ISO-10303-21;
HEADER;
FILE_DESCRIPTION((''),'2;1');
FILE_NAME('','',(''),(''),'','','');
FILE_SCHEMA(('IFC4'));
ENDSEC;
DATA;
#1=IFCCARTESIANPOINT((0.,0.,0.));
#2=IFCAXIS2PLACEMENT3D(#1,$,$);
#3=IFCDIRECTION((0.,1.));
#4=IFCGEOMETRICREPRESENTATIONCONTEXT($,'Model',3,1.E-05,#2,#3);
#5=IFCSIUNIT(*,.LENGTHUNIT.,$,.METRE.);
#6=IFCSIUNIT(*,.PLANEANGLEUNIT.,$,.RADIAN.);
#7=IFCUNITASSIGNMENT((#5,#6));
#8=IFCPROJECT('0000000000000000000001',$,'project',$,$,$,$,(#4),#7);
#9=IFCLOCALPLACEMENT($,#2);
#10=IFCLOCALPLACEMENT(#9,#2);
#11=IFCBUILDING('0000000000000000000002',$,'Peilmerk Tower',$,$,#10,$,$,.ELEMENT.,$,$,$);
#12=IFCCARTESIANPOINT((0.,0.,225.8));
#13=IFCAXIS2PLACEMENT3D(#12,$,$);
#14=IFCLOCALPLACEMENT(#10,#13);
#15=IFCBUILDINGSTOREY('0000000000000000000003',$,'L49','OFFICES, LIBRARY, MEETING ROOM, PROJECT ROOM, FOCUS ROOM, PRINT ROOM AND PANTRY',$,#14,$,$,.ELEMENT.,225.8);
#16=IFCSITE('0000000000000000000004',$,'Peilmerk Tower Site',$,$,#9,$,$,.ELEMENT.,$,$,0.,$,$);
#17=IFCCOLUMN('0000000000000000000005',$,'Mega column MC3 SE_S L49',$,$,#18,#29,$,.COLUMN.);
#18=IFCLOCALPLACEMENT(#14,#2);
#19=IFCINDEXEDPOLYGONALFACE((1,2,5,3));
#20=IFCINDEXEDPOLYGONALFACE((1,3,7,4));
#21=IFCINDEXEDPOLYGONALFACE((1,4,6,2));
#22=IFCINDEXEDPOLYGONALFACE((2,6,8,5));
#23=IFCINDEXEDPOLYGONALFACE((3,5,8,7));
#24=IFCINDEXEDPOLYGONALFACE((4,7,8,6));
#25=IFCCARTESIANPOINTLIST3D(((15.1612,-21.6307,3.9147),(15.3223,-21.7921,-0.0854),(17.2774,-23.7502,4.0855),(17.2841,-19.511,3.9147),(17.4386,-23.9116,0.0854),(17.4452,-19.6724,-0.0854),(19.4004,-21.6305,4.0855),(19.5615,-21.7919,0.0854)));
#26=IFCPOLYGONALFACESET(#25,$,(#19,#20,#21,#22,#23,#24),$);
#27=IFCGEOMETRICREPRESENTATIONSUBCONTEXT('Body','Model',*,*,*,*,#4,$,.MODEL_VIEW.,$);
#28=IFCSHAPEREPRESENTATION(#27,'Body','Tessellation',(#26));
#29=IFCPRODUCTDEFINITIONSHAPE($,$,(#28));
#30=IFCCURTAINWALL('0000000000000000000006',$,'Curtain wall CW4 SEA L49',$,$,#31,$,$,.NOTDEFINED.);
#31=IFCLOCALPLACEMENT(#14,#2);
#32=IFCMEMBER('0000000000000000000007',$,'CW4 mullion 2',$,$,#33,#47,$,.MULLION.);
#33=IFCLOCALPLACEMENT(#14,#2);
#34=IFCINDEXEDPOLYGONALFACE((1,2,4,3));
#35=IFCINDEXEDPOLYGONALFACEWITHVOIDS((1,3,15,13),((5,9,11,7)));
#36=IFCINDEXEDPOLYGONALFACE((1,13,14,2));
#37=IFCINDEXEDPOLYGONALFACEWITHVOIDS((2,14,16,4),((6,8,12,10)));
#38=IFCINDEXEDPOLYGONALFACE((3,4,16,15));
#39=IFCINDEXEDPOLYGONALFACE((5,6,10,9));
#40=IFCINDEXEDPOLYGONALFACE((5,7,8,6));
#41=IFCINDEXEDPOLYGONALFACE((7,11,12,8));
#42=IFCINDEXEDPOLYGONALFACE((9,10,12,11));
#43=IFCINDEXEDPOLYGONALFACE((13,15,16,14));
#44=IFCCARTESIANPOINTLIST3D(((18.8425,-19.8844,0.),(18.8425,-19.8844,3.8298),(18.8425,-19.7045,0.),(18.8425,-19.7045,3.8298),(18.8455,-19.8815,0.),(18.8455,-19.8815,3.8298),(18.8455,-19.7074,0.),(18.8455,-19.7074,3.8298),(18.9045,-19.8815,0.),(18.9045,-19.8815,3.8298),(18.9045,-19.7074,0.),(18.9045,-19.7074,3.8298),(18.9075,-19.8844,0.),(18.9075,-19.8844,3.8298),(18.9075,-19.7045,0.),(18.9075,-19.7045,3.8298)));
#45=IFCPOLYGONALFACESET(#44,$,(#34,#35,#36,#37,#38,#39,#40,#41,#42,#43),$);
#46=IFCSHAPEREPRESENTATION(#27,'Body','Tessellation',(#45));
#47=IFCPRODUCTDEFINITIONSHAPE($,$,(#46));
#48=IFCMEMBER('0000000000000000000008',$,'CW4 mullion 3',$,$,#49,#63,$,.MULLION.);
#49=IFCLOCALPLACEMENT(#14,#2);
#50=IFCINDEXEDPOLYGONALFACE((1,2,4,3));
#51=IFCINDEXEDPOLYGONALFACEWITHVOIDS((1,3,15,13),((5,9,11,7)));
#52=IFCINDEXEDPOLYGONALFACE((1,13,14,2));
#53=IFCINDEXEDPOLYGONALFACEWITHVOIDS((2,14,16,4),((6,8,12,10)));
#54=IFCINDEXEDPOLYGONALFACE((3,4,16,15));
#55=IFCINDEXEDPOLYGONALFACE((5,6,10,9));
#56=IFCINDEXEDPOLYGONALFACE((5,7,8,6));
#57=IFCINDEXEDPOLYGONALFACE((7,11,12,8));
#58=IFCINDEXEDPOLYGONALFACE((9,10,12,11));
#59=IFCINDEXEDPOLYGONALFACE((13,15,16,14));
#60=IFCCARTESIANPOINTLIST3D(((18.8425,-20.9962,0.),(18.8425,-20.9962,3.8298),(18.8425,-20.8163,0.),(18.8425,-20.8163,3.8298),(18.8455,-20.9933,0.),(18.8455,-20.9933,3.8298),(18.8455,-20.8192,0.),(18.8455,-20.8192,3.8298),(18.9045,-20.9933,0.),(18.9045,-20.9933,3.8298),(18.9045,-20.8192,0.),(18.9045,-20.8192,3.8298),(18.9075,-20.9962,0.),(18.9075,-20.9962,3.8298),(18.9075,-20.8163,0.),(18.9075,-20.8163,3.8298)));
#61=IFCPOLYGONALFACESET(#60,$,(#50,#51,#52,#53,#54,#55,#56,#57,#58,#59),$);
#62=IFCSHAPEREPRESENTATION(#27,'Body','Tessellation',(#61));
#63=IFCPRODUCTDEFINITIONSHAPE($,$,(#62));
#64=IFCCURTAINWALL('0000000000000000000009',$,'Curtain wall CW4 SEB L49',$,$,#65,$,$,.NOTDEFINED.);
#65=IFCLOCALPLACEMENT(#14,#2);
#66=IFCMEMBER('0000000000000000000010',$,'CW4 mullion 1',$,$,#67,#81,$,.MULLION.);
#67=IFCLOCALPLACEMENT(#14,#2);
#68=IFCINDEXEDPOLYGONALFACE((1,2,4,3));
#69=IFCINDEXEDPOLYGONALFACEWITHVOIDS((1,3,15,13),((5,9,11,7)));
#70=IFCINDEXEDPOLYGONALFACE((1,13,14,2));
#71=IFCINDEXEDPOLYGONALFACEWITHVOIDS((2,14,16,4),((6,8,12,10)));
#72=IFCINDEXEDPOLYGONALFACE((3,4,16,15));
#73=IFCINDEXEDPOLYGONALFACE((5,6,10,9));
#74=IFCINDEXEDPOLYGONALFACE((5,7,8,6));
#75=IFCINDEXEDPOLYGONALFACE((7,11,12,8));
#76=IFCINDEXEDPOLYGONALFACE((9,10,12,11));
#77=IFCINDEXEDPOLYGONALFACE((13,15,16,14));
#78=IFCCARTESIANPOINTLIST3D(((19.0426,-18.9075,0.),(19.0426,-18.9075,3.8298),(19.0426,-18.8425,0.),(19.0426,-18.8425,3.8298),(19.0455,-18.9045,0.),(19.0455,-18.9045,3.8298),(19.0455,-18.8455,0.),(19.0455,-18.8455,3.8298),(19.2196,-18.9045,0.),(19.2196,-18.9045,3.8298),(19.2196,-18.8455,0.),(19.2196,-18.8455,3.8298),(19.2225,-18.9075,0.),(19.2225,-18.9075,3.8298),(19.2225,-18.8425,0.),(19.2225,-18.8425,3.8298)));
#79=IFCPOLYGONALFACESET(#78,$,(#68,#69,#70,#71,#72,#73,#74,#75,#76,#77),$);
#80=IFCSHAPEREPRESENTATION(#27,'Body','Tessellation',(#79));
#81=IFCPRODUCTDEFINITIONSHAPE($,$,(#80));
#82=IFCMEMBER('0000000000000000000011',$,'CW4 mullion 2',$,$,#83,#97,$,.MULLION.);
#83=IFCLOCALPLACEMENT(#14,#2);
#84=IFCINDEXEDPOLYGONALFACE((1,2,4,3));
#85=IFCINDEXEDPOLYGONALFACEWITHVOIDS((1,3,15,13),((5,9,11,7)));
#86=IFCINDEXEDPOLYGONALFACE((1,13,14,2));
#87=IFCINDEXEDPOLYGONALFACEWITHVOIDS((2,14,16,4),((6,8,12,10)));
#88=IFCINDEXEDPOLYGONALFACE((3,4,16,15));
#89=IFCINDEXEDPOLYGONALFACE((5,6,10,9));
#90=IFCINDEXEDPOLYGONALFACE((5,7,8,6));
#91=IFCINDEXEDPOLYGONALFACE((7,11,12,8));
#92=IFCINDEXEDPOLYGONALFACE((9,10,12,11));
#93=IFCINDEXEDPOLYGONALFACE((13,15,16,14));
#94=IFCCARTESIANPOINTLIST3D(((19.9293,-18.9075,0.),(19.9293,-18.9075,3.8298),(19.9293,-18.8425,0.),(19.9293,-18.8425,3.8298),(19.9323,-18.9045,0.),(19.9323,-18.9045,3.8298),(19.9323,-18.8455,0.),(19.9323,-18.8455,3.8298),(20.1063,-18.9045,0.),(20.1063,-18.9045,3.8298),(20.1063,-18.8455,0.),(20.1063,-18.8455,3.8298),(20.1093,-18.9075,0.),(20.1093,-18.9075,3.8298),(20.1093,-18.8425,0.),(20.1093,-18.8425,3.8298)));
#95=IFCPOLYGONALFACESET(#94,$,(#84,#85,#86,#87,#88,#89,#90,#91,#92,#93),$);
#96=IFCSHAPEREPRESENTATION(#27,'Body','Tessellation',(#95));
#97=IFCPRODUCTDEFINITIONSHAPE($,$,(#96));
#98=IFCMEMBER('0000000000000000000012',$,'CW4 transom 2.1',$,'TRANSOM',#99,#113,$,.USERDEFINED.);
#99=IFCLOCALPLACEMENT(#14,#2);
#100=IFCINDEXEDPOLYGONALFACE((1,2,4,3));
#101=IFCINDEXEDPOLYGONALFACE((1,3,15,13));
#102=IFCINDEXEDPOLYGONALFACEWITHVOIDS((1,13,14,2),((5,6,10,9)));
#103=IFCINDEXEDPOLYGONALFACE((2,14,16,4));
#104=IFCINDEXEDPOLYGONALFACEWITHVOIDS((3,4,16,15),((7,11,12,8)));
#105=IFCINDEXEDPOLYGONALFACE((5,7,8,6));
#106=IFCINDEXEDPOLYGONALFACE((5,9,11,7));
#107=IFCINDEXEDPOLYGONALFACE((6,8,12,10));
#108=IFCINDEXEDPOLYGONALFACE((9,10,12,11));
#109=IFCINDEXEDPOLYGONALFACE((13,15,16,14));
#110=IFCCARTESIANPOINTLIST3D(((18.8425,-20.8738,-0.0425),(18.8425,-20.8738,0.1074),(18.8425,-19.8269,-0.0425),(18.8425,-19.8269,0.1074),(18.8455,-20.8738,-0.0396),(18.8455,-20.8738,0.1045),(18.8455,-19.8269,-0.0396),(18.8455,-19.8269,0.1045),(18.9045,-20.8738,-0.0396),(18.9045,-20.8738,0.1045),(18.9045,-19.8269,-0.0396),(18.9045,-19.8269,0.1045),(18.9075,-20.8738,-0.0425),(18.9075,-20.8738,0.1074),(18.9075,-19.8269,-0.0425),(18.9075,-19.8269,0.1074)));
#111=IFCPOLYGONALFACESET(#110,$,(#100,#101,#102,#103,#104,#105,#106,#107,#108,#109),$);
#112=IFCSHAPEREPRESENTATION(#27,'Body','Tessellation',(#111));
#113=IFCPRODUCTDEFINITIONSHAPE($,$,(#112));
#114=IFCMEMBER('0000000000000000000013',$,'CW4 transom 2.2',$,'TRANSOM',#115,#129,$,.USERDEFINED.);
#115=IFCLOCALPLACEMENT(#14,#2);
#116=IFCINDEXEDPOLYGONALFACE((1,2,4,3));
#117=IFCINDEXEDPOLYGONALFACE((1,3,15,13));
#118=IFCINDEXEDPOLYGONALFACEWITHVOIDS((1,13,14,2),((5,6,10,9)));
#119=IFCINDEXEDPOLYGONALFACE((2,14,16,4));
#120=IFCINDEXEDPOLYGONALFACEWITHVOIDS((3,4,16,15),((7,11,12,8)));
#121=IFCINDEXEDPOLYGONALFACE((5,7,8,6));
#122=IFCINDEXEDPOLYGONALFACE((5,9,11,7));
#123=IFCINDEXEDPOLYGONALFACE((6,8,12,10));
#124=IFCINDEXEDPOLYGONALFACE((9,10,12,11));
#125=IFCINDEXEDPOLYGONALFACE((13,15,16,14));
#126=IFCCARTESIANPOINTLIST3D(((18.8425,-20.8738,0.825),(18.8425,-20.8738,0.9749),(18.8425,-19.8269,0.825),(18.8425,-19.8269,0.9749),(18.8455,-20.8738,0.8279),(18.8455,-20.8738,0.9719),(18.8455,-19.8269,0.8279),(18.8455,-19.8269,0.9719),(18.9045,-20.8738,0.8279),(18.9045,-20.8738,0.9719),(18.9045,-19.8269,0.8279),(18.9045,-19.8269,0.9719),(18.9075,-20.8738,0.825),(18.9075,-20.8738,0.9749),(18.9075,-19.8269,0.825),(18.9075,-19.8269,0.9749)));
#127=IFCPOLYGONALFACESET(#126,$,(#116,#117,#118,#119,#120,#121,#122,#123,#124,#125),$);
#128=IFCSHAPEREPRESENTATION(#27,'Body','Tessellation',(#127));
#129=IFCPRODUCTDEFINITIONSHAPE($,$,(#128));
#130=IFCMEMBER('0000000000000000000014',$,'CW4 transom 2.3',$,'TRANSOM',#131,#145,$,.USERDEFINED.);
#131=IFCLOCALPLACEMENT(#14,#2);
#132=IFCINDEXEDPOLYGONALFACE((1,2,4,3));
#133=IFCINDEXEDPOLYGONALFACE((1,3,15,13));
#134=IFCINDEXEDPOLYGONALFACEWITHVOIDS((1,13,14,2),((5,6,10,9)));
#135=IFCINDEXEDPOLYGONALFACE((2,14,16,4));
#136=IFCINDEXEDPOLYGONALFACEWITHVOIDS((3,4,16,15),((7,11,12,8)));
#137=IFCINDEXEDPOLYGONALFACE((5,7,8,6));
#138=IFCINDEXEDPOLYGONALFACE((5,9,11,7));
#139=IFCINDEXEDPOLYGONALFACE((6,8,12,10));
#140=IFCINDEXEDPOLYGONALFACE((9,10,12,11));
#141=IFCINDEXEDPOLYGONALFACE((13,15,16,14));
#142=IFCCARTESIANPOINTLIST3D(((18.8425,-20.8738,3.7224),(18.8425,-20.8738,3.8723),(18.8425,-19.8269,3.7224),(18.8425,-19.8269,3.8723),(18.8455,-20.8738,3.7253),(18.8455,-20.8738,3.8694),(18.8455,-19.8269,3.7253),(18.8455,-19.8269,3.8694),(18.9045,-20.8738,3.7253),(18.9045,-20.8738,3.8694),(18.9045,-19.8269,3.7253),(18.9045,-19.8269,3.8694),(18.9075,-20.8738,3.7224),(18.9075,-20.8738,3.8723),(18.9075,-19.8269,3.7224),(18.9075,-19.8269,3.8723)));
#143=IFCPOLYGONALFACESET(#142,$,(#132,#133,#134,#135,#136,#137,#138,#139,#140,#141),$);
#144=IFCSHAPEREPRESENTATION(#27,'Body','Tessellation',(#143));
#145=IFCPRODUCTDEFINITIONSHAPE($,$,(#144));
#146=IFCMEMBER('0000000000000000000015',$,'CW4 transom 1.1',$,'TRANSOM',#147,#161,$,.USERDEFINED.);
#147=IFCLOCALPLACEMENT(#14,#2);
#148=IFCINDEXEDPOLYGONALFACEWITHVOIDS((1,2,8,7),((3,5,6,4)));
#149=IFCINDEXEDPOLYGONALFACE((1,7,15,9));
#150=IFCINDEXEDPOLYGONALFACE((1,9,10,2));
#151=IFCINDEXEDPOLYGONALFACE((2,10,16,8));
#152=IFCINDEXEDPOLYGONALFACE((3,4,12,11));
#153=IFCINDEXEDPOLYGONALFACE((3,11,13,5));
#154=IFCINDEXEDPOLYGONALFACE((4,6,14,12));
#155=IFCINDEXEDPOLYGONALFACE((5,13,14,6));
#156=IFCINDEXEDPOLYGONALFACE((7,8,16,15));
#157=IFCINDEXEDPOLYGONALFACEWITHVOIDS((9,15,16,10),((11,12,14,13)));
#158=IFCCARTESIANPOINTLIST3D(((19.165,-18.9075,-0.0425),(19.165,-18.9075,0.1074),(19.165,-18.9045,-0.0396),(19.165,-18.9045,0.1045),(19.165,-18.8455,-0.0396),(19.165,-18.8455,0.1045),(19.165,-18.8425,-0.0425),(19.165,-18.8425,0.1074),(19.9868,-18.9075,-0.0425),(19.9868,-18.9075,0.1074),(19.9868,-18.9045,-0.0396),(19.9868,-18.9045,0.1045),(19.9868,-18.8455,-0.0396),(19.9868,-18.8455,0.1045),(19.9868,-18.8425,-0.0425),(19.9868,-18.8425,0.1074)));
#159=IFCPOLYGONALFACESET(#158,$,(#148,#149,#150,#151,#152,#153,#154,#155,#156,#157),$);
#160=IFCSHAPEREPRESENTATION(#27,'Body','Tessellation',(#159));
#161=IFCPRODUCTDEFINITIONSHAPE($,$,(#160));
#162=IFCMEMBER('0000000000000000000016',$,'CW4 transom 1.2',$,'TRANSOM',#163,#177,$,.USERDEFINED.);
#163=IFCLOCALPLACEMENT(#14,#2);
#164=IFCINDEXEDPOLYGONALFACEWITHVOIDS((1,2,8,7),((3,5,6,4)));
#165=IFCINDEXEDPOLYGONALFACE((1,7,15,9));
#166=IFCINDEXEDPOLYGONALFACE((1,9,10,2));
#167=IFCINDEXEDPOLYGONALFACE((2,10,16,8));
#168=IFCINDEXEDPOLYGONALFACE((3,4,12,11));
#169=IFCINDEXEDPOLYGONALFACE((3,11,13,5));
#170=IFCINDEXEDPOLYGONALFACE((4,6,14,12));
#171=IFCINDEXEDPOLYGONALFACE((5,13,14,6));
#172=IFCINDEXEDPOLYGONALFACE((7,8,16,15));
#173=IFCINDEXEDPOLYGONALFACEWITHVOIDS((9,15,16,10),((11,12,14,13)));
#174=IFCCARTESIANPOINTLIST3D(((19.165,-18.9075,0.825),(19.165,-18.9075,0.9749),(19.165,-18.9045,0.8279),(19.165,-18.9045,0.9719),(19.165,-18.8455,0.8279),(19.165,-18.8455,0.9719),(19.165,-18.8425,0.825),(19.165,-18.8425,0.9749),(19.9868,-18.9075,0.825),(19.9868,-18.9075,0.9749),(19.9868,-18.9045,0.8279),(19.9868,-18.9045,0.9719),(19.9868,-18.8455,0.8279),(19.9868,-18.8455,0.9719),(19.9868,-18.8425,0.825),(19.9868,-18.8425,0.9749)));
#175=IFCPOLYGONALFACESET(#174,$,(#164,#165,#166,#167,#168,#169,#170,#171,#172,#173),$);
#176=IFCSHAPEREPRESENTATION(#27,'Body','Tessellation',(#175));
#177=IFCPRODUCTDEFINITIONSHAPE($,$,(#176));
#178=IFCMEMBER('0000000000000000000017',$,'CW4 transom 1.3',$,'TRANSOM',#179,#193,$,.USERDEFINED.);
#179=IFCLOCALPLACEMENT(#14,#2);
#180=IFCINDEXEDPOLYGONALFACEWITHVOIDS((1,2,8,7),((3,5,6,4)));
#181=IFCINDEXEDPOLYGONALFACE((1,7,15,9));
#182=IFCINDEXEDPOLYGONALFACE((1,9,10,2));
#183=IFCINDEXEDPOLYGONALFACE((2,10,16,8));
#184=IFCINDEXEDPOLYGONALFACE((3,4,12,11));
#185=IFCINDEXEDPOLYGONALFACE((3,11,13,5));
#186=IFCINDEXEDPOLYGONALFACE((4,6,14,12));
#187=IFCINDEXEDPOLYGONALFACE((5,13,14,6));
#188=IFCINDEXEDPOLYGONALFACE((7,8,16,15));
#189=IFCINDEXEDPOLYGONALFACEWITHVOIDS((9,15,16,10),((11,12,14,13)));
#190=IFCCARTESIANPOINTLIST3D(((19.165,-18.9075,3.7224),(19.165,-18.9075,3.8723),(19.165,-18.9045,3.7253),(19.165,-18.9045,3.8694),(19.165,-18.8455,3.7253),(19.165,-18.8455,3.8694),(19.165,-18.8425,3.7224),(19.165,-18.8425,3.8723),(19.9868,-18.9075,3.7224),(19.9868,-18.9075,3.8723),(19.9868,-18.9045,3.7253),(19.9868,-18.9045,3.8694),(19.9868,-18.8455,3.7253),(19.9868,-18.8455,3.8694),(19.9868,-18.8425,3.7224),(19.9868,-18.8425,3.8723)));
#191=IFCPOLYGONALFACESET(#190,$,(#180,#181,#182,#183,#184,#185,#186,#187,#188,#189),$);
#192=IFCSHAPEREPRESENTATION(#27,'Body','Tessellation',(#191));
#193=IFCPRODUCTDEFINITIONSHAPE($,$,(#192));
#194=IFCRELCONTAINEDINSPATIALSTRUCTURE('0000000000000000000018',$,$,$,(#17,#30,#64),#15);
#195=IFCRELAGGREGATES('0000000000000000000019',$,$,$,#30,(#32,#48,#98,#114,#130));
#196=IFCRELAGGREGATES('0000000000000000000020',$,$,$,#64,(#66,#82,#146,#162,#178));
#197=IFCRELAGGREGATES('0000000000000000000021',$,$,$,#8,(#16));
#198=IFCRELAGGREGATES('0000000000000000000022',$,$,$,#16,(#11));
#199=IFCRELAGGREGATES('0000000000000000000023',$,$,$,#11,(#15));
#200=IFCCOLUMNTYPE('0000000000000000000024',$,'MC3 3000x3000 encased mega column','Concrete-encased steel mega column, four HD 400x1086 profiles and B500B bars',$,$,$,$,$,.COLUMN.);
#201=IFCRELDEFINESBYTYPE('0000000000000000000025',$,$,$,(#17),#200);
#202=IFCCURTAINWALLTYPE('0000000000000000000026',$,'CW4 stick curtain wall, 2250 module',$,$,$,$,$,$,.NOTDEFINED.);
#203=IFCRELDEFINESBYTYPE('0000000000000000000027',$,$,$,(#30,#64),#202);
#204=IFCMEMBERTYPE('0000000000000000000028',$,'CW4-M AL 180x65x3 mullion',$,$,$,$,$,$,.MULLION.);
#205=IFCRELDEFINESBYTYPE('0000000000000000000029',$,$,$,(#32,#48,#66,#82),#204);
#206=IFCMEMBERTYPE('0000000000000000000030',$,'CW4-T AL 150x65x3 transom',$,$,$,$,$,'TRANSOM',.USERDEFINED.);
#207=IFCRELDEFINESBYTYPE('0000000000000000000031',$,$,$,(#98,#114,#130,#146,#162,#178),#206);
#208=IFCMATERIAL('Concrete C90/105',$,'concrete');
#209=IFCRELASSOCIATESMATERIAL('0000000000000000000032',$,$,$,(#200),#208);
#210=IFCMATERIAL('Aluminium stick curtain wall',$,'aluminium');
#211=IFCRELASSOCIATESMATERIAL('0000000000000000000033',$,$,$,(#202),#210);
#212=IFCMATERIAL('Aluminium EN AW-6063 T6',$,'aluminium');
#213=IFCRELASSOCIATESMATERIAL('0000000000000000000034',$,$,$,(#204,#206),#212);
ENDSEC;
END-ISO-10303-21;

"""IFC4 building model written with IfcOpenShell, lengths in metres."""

from ifc_helpers import new_model, si_unit, direction, frame, origin, origin_2d, place, context, subcontext, project, spatial, rectangle, hollow_rectangle, extrude, material, material_profile, profile_set, type_object, element, aggregate, save


model = new_model("IFC4")

# Units and contexts
model_context = context("Model", 3, precision=1e-05, world=origin(), true_north=direction((0.0, 1.0)))
body_context = subcontext(model_context, "Body", "Model", "MODEL_VIEW")
ifc_project = project(units=[si_unit("LENGTHUNIT", "METRE"), si_unit("PLANEANGLEUNIT", "RADIAN")], contexts=[model_context])

# Site, building, storey
site_placement = place(None, origin())
site = spatial("IfcSite", under=ifc_project, at=site_placement, Name="Peilmerk Tower Site", CompositionType="ELEMENT", RefElevation=0.0)
building_placement = place(site_placement, origin())
building = spatial("IfcBuilding", under=site, at=building_placement, Name="Peilmerk Tower", CompositionType="ELEMENT")
storey_placement = place(building_placement, frame((0.0, 0.0, 225.8)))
storey = spatial("IfcBuildingStorey", under=building, at=storey_placement, Name="L49", Description="OFFICES, LIBRARY, MEETING ROOM, PROJECT ROOM, FOCUS ROOM, PRINT ROOM AND PANTRY", CompositionType="ELEMENT", Elevation=225.8)

# Column
ifc_material_1 = material(Name="Concrete C90/105", Category="concrete")
ifc_material_profile_1 = material_profile(ifc_material_1, rectangle(XDim=3.0, YDim=3.0, at=origin_2d()), Name="RC 3000x3000")
ifc_profile_set_1 = profile_set([ifc_material_profile_1], Name="Concrete C90/105")
column_type = type_object("IfcColumnType", Name="MC3 3000x3000 encased mega column", Description="Concrete-encased steel mega column, four HD 400x1086 profiles and B500B bars", PredefinedType="COLUMN", material=ifc_profile_set_1)
column_placement = place(storey_placement, frame((17.4419, -21.792, 0.0), z_axis=(-0.040218, 0.040279, 0.998379), x_axis=(-0.707642, -0.706571, 0.0)))
element("IfcColumn", 1, at=column_placement, inside=storey, type_object=column_type, Name="Mega column MC3 SE_S L49", PredefinedType="COLUMN", context=body_context, shape_type="SweptSolid", body=[
    extrude(rectangle(XDim=3.0, YDim=3.0, at=origin_2d()), origin(), (0.0, 0.0, 1.0), 4.0066),
])

# Curtain walls, members
ifc_material_2 = material(Name="Aluminium stick curtain wall", Category="aluminium")
curtain_wall_type = type_object("IfcCurtainWallType", Name="CW4 stick curtain wall, 2250 module", PredefinedType="NOTDEFINED", material=ifc_material_2)
curtain_wall_1_placement = place(storey_placement, origin())
curtain_wall_1 = element("IfcCurtainWall", 2, at=curtain_wall_1_placement, inside=storey, type_object=curtain_wall_type, Name="Curtain wall CW4 SEA L49", PredefinedType="NOTDEFINED")
ifc_material_3 = material(Name="Aluminium EN AW-6063 T6", Category="aluminium")
ifc_material_profile_2 = material_profile(ifc_material_3, hollow_rectangle(XDim=0.0649, YDim=0.1799, WallThickness=0.0029, at=origin_2d()), Name="AL 180x65x3")
ifc_profile_set_2 = profile_set([ifc_material_profile_2], Name="Aluminium EN AW-6063 T6")
member_type_1 = type_object("IfcMemberType", Name="CW4-M AL 180x65x3 mullion", PredefinedType="MULLION", material=ifc_profile_set_2)
member_1_placement = place(storey_placement, frame((18.875, -19.7944, 0.0), z_axis=(0.0, 0.0, 1.0), x_axis=(1.0, 0.0, 0.0)))
member_1 = element("IfcMember", 3, at=member_1_placement, type_object=member_type_1, Name="CW4 mullion 2", PredefinedType="MULLION", context=body_context, shape_type="SweptSolid", body=[
    extrude(hollow_rectangle(XDim=0.0649, YDim=0.1799, WallThickness=0.0029, at=origin_2d()), origin(), (0.0, 0.0, 1.0), 3.8298),
])
member_2_placement = place(storey_placement, frame((18.875, -20.9062, 0.0), z_axis=(0.0, 0.0, 1.0), x_axis=(1.0, 0.0, 0.0)))
member_2 = element("IfcMember", 4, at=member_2_placement, type_object=member_type_1, Name="CW4 mullion 3", PredefinedType="MULLION", context=body_context, shape_type="SweptSolid", body=[
    extrude(hollow_rectangle(XDim=0.0649, YDim=0.1799, WallThickness=0.0029, at=origin_2d()), origin(), (0.0, 0.0, 1.0), 3.8298),
])
curtain_wall_2_placement = place(storey_placement, origin())
curtain_wall_2 = element("IfcCurtainWall", 5, at=curtain_wall_2_placement, inside=storey, type_object=curtain_wall_type, Name="Curtain wall CW4 SEB L49", PredefinedType="NOTDEFINED")
member_3_placement = place(storey_placement, frame((19.1326, -18.875, 0.0), z_axis=(0.0, 0.0, 1.0), x_axis=(0.0, 1.0, 0.0)))
member_3 = element("IfcMember", 6, at=member_3_placement, type_object=member_type_1, Name="CW4 mullion 1", PredefinedType="MULLION", context=body_context, shape_type="SweptSolid", body=[
    extrude(hollow_rectangle(XDim=0.0649, YDim=0.1799, WallThickness=0.0029, at=origin_2d()), origin(), (0.0, 0.0, 1.0), 3.8298),
])
member_4_placement = place(storey_placement, frame((20.0193, -18.875, 0.0), z_axis=(0.0, 0.0, 1.0), x_axis=(0.0, 1.0, 0.0)))
member_4 = element("IfcMember", 7, at=member_4_placement, type_object=member_type_1, Name="CW4 mullion 2", PredefinedType="MULLION", context=body_context, shape_type="SweptSolid", body=[
    extrude(hollow_rectangle(XDim=0.0649, YDim=0.1799, WallThickness=0.0029, at=origin_2d()), origin(), (0.0, 0.0, 1.0), 3.8298),
])

# Members
ifc_material_profile_3 = material_profile(ifc_material_3, hollow_rectangle(XDim=0.0649, YDim=0.1499, WallThickness=0.0029, at=origin_2d()), Name="AL 150x65x3")
ifc_profile_set_3 = profile_set([ifc_material_profile_3], Name="Aluminium EN AW-6063 T6")
member_type_2 = type_object("IfcMemberType", Name="CW4-T AL 150x65x3 transom", ElementType="TRANSOM", PredefinedType="USERDEFINED", material=ifc_profile_set_3)
member_5_placement = place(storey_placement, frame((18.875, -19.8269, 0.0325), z_axis=(0.0, -1.0, 0.0), x_axis=(1.0, 0.0, 0.0)))
member_5 = element("IfcMember", 8, at=member_5_placement, type_object=member_type_2, Name="CW4 transom 2.1", ObjectType="TRANSOM", PredefinedType="USERDEFINED", context=body_context, shape_type="SweptSolid", body=[
    extrude(hollow_rectangle(XDim=0.0649, YDim=0.1499, WallThickness=0.0029, at=origin_2d()), origin(), (0.0, 0.0, 1.0), 1.0469),
])
member_6_placement = place(storey_placement, frame((18.875, -19.8269, 0.8999), z_axis=(0.0, -1.0, 0.0), x_axis=(1.0, 0.0, 0.0)))
member_6 = element("IfcMember", 9, at=member_6_placement, type_object=member_type_2, Name="CW4 transom 2.2", ObjectType="TRANSOM", PredefinedType="USERDEFINED", context=body_context, shape_type="SweptSolid", body=[
    extrude(hollow_rectangle(XDim=0.0649, YDim=0.1499, WallThickness=0.0029, at=origin_2d()), origin(), (0.0, 0.0, 1.0), 1.0469),
])
member_7_placement = place(storey_placement, frame((18.875, -19.8269, 3.7974), z_axis=(0.0, -1.0, 0.0), x_axis=(1.0, 0.0, 0.0)))
member_7 = element("IfcMember", 10, at=member_7_placement, type_object=member_type_2, Name="CW4 transom 2.3", ObjectType="TRANSOM", PredefinedType="USERDEFINED", context=body_context, shape_type="SweptSolid", body=[
    extrude(hollow_rectangle(XDim=0.0649, YDim=0.1499, WallThickness=0.0029, at=origin_2d()), origin(), (0.0, 0.0, 1.0), 1.0469),
])
member_8_placement = place(storey_placement, frame((19.165, -18.875, 0.0325), z_axis=(1.0, 0.0, 0.0), x_axis=(0.0, 1.0, 0.0)))
member_8 = element("IfcMember", 11, at=member_8_placement, type_object=member_type_2, Name="CW4 transom 1.1", ObjectType="TRANSOM", PredefinedType="USERDEFINED", context=body_context, shape_type="SweptSolid", body=[
    extrude(hollow_rectangle(XDim=0.0649, YDim=0.1499, WallThickness=0.0029, at=origin_2d()), origin(), (0.0, 0.0, 1.0), 0.8218),
])
member_9_placement = place(storey_placement, frame((19.165, -18.875, 0.8999), z_axis=(1.0, 0.0, 0.0), x_axis=(0.0, 1.0, 0.0)))
member_9 = element("IfcMember", 12, at=member_9_placement, type_object=member_type_2, Name="CW4 transom 1.2", ObjectType="TRANSOM", PredefinedType="USERDEFINED", context=body_context, shape_type="SweptSolid", body=[
    extrude(hollow_rectangle(XDim=0.0649, YDim=0.1499, WallThickness=0.0029, at=origin_2d()), origin(), (0.0, 0.0, 1.0), 0.8218),
])
member_10_placement = place(storey_placement, frame((19.165, -18.875, 3.7974), z_axis=(1.0, 0.0, 0.0), x_axis=(0.0, 1.0, 0.0)))
member_10 = element("IfcMember", 13, at=member_10_placement, type_object=member_type_2, Name="CW4 transom 1.3", ObjectType="TRANSOM", PredefinedType="USERDEFINED", context=body_context, shape_type="SweptSolid", body=[
    extrude(hollow_rectangle(XDim=0.0649, YDim=0.1499, WallThickness=0.0029, at=origin_2d()), origin(), (0.0, 0.0, 1.0), 0.8218),
])

aggregate(curtain_wall_1, [member_1, member_2, member_5, member_6, member_7])
aggregate(curtain_wall_2, [member_3, member_4, member_8, member_9, member_10])

save(model, "model.ifc")
